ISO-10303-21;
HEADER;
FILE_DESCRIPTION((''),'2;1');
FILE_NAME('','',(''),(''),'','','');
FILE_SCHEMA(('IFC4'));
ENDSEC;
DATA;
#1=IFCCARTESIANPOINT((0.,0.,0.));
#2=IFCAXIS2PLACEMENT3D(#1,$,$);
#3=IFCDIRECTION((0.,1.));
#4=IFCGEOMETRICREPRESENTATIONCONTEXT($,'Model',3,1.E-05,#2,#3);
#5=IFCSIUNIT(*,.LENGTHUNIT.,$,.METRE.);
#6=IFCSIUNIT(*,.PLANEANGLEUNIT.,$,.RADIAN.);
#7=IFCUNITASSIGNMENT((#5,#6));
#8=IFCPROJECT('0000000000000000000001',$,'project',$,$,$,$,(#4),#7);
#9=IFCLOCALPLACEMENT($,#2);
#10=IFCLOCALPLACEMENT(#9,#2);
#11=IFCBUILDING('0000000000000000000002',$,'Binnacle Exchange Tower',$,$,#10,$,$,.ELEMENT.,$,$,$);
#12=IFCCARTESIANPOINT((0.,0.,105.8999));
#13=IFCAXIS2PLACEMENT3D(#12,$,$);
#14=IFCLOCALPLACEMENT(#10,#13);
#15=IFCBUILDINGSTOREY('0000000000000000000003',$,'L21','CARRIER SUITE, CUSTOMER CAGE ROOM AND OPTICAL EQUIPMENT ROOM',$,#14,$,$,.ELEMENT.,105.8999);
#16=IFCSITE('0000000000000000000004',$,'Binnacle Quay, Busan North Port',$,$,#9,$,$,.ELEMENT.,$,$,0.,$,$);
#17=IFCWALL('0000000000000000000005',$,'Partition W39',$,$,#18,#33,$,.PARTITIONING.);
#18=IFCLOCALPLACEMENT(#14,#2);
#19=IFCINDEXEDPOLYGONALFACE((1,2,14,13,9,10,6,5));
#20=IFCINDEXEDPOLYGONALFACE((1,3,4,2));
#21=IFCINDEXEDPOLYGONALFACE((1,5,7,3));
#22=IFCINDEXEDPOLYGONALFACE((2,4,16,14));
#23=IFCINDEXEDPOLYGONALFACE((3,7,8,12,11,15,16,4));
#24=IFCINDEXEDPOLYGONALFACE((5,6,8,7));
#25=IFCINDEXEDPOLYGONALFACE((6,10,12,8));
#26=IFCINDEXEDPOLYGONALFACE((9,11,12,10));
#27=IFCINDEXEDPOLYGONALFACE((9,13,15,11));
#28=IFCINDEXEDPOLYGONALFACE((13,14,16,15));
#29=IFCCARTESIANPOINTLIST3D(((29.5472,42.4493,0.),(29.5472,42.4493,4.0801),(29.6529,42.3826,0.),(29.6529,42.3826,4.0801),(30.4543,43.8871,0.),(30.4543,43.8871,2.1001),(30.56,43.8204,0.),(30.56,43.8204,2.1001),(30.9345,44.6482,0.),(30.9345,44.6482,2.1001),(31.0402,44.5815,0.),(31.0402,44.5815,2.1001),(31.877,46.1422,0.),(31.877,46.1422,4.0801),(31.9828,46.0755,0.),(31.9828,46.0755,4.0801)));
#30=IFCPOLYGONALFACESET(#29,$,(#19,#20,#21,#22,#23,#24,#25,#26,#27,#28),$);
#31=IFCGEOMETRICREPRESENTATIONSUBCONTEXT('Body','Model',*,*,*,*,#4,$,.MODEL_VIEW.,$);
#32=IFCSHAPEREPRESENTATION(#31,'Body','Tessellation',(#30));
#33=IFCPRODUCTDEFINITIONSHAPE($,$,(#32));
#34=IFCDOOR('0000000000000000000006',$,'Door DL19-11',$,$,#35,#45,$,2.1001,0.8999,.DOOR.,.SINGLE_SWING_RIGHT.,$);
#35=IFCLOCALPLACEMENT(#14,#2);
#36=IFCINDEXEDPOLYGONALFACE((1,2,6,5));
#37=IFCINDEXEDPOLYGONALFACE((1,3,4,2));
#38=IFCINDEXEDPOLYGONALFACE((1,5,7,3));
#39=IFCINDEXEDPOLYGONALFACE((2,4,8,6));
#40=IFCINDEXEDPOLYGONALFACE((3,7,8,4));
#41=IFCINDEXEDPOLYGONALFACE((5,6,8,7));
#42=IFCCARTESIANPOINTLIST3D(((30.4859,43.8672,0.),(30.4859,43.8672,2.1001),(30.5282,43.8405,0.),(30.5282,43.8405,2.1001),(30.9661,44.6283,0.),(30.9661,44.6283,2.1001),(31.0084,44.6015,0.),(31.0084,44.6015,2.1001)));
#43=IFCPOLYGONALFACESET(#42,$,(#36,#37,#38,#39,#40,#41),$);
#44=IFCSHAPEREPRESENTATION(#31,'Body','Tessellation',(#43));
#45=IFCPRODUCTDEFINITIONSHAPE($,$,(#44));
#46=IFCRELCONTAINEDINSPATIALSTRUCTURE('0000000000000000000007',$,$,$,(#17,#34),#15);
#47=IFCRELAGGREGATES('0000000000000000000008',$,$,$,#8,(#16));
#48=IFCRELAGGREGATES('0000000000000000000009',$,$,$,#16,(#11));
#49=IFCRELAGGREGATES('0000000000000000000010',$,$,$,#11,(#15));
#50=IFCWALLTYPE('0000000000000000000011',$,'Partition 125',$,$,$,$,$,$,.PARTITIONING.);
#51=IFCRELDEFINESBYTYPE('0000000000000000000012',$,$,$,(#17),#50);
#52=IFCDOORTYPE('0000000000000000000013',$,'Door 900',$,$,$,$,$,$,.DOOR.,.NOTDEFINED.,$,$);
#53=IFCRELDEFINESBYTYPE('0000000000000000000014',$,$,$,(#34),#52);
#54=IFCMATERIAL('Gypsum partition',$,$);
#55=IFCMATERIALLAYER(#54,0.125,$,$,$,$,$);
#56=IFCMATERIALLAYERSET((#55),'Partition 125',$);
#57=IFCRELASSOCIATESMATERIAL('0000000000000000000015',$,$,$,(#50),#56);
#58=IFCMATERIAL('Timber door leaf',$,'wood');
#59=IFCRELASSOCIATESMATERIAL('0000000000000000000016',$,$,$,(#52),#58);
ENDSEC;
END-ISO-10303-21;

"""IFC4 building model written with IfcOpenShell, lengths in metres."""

from ifc_helpers import new_model, si_unit, direction, frame, frame_2d, origin, place, context, subcontext, project, spatial, rectangle, extrude, material, layer, layer_set, type_object, element, fill, save


model = new_model("IFC4")

# Units and contexts
model_context = context("Model", 3, precision=1e-05, world=origin(), true_north=direction((0.0, 1.0)))
body_context = subcontext(model_context, "Body", "Model", "MODEL_VIEW")
ifc_project = project(units=[si_unit("LENGTHUNIT", "METRE"), si_unit("PLANEANGLEUNIT", "RADIAN")], contexts=[model_context])

# Site, building, storey
site_placement = place(None, origin())
site = spatial("IfcSite", under=ifc_project, at=site_placement, Name="Binnacle Quay, Busan North Port", CompositionType="ELEMENT", RefElevation=0.0)
building_placement = place(site_placement, origin())
building = spatial("IfcBuilding", under=site, at=building_placement, Name="Binnacle Exchange Tower", CompositionType="ELEMENT")
storey_placement = place(building_placement, frame((0.0, 0.0, 105.8999)))
storey = spatial("IfcBuildingStorey", under=building, at=storey_placement, Name="L21", Description="CARRIER SUITE, CUSTOMER CAGE ROOM AND OPTICAL EQUIPMENT ROOM", CompositionType="ELEMENT", Elevation=105.8999)

# Shared definitions
ifc_material_1 = material(Name="Gypsum partition")
ifc_layer_1 = layer(ifc_material_1, 0.125)
ifc_layer_set_1 = layer_set([ifc_layer_1], Name="Partition 125")
wall_type_1 = type_object("IfcWallType", Name="Partition 125", PredefinedType="PARTITIONING", material=ifc_layer_set_1)

# Wall, opening, door
wall_1_placement = place(storey_placement, frame((29.6001, 42.416, 0.0), z_axis=(0.0, 0.0, 1.0), x_axis=(0.533583, 0.845748, 0.0)))
wall_1 = element("IfcWall", 1, at=wall_1_placement, inside=storey, type_object=wall_type_1, Name="Partition W39", PredefinedType="PARTITIONING", context=body_context, shape_type="SweptSolid", body=[
    extrude(rectangle(XDim=4.3665, YDim=0.125, at=frame_2d((2.1831, 0.0))), origin(), (0.0, 0.0, 1.0), 4.0801),
])
opening_1_placement = place(wall_1_placement, frame((1.7, 0.0, 0.0)))
opening_1 = element("IfcOpeningElement", 2, at=opening_1_placement, cuts=wall_1, PredefinedType="OPENING", context=body_context, shape_type="SweptSolid", body=[
    extrude(rectangle(XDim=0.8999, YDim=2.1001, at=frame_2d((0.45, 1.05))), frame((0.0, 0.0725, 0.0), z_axis=(0.0, -1.0, 0.0), x_axis=(1.0, 0.0, 0.0)), (0.0, 0.0, 1.0), 0.145),
])
ifc_material_2 = material(Name="Timber door leaf", Category="wood")
door_type_1 = type_object("IfcDoorType", Name="Door 900", OperationType="NOTDEFINED", PredefinedType="DOOR", material=ifc_material_2)
door_1_placement = place(opening_1_placement, frame((0.8999, 0.0, 0.0), z_axis=(0.0, 0.0, 1.0), x_axis=(-1.0, 0.0, 0.0)))
door_1 = element("IfcDoor", 3, at=door_1_placement, inside=storey, type_object=door_type_1, Name="Door DL19-11", OperationType="SINGLE_SWING_RIGHT", OverallHeight=2.1001, OverallWidth=0.8999, PredefinedType="DOOR", context=body_context, shape_type="SweptSolid", body=[
    extrude(rectangle(XDim=0.8999, YDim=2.1001, at=frame_2d((0.45, 1.05))), frame((0.0, 0.0249, 0.0), z_axis=(0.0, -1.0, 0.0), x_axis=(1.0, 0.0, 0.0)), (0.0, 0.0, 1.0), 0.05),
])
fill(opening_1, door_1)

save(model, "model.ifc")
